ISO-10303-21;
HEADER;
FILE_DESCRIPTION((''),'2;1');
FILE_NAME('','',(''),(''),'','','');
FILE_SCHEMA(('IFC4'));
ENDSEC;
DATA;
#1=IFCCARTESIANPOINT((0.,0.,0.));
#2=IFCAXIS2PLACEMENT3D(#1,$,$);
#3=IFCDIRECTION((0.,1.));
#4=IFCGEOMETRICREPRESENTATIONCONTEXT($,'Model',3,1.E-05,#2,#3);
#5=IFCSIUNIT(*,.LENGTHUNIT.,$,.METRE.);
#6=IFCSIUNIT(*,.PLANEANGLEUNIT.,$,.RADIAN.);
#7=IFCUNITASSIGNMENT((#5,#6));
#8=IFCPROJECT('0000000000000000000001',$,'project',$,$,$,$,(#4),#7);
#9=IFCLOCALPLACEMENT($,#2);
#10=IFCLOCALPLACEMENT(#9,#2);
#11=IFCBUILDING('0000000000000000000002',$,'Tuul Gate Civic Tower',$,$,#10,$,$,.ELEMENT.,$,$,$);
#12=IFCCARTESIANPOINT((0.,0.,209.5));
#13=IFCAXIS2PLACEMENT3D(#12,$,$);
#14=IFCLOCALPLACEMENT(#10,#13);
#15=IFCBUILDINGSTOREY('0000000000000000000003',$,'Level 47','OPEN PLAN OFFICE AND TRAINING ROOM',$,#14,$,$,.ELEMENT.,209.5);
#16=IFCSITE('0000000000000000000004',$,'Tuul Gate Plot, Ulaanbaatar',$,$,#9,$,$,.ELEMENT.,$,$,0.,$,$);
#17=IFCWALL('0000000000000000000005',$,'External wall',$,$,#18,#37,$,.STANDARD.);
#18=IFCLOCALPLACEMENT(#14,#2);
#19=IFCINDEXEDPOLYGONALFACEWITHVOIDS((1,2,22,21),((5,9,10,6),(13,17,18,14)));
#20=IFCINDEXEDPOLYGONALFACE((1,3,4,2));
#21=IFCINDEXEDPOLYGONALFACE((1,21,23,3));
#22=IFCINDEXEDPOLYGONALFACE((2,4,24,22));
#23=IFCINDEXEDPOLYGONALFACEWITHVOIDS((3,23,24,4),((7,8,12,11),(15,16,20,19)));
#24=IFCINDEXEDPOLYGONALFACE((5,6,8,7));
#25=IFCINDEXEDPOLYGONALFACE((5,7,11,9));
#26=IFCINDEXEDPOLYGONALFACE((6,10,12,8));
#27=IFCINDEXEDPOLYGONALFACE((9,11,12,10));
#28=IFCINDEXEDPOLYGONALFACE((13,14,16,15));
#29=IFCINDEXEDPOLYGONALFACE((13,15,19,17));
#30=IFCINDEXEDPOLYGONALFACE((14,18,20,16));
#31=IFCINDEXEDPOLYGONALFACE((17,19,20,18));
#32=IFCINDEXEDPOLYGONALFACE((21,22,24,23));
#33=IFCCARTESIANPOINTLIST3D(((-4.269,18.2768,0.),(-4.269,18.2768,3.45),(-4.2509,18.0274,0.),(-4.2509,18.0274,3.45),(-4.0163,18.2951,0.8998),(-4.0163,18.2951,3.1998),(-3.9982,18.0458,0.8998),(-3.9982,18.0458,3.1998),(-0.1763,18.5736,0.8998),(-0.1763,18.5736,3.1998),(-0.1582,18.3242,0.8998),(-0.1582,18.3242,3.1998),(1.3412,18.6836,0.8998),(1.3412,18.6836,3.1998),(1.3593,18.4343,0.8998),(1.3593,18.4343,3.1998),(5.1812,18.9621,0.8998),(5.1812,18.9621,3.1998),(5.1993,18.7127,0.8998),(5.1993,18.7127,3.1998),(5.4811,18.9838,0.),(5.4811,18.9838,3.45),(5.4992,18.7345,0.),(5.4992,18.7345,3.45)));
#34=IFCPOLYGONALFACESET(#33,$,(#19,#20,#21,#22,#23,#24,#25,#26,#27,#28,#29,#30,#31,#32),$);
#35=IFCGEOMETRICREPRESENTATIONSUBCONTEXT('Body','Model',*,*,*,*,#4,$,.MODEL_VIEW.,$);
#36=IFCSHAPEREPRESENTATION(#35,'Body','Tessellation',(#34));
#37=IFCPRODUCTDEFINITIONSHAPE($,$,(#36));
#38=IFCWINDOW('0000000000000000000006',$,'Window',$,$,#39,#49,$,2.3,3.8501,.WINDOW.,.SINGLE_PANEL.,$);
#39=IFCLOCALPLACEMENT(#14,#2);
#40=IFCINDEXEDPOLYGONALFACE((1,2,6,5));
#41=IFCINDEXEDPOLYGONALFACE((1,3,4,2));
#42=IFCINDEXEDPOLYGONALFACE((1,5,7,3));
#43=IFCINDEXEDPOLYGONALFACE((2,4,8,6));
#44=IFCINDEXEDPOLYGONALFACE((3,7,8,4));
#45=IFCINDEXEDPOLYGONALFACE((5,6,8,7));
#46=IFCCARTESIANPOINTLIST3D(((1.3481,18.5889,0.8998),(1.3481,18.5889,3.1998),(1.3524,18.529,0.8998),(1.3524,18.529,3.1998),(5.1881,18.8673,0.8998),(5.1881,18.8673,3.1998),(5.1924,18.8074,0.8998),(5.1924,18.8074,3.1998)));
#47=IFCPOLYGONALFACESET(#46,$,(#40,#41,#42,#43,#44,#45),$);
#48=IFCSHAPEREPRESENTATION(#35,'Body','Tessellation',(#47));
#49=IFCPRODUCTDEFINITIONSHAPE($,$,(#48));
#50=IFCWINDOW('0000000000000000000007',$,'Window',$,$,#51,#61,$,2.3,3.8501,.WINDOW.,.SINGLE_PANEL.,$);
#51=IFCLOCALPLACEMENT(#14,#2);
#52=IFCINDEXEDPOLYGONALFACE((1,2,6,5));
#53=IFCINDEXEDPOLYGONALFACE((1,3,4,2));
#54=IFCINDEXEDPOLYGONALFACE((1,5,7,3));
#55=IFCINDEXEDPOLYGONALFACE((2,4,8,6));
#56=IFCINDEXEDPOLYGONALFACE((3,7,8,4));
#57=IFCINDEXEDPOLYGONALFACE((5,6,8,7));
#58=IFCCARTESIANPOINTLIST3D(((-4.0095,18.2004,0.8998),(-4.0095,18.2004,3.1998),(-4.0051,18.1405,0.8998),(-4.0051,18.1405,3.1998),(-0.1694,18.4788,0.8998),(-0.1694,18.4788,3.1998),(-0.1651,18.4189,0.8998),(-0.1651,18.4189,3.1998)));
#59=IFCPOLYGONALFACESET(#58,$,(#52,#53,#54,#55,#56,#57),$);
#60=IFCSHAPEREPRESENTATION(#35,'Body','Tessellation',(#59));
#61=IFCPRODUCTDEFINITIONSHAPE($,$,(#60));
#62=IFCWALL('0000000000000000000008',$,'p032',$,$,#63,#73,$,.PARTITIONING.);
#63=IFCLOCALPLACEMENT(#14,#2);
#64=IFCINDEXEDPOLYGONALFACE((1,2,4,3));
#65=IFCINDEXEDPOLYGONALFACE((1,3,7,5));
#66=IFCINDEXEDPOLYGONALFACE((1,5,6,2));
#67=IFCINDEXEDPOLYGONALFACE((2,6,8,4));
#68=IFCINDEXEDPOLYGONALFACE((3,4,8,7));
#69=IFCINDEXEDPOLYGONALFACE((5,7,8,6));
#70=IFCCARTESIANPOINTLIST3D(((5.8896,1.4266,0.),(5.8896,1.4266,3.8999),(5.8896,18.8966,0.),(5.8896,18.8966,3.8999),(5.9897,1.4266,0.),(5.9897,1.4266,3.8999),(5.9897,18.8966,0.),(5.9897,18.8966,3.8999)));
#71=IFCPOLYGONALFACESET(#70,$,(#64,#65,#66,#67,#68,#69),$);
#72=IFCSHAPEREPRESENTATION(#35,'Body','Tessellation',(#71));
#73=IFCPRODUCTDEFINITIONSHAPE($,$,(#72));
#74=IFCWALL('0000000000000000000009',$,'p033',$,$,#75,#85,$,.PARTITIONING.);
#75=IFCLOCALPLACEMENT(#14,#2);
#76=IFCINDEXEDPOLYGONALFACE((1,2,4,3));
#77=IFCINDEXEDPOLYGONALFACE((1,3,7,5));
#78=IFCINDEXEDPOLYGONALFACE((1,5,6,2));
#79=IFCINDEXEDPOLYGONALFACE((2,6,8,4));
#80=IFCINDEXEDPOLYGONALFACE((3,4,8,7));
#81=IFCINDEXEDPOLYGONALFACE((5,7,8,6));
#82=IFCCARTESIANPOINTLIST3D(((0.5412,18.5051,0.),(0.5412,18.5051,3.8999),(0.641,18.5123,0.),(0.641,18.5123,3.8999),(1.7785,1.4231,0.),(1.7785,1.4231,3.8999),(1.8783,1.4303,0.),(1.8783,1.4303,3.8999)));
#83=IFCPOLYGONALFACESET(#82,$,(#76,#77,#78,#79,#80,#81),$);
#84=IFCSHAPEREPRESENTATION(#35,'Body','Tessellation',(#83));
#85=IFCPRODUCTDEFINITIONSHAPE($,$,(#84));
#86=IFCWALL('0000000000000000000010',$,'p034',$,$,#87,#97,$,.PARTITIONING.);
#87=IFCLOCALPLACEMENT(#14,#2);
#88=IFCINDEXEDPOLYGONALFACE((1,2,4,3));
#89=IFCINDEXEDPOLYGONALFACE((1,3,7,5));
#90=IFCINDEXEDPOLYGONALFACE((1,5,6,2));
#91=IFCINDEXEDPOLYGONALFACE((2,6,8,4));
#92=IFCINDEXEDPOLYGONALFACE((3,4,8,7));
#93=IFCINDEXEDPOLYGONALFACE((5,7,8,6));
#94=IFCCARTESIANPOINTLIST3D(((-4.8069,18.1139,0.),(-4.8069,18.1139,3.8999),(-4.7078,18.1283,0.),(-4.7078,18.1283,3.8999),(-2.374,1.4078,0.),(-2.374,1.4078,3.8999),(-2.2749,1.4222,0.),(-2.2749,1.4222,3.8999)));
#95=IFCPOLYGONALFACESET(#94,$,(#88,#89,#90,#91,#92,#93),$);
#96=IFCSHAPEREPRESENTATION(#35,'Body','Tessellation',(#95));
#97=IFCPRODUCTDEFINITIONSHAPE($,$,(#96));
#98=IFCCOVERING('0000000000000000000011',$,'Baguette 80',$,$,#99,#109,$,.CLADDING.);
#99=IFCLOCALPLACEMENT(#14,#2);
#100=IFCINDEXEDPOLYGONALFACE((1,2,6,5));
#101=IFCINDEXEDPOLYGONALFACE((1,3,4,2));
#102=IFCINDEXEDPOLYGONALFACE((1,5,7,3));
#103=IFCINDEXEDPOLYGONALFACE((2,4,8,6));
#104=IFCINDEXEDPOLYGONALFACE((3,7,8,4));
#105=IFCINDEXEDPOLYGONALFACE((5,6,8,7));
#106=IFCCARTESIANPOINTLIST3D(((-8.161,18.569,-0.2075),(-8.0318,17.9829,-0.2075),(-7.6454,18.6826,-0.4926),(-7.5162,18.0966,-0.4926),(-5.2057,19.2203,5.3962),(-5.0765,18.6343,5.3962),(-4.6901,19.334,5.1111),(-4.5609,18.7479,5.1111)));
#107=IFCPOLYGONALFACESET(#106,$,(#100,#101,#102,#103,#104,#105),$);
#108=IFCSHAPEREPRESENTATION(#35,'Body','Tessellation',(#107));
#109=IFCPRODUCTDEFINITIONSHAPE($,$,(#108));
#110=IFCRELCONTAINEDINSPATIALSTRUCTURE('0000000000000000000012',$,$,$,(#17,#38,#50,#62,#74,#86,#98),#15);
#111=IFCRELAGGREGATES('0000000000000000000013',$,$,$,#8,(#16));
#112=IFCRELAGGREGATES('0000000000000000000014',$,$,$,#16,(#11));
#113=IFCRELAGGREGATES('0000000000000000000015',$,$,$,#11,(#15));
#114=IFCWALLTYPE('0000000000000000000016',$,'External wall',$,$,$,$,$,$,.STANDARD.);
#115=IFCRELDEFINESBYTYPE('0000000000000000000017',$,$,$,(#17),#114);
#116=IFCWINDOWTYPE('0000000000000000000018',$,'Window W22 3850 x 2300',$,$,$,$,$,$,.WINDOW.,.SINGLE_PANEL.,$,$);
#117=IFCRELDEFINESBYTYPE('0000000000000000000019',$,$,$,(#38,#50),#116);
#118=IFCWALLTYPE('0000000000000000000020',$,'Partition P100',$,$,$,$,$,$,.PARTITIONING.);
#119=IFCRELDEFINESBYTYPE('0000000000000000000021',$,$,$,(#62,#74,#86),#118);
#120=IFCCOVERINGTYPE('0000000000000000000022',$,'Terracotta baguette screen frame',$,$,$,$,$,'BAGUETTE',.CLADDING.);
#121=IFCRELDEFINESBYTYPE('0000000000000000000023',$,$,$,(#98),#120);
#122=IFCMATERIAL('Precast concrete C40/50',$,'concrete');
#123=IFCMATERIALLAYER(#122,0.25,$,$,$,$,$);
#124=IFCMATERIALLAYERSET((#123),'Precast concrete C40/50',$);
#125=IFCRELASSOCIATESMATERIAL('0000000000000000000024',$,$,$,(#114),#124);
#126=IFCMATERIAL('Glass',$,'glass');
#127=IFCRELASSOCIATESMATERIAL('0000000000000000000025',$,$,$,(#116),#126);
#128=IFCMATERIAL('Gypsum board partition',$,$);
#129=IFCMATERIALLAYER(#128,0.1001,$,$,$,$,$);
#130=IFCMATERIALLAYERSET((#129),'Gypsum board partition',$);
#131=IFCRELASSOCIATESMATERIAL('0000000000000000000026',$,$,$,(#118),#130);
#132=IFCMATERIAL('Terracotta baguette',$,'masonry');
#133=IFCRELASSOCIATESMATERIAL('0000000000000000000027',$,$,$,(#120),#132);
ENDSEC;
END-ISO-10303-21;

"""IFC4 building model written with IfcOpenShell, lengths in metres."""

from ifc_helpers import new_model, si_unit, direction, frame, frame_2d, origin, origin_2d, place, context, subcontext, project, spatial, rectangle, extrude, material, layer, layer_set, material_profile, profile_set, type_object, element, fill, save


model = new_model("IFC4")

# Units and contexts
model_context = context("Model", 3, precision=1e-05, world=origin(), true_north=direction((0.0, 1.0)))
body_context = subcontext(model_context, "Body", "Model", "MODEL_VIEW")
ifc_project = project(units=[si_unit("LENGTHUNIT", "METRE"), si_unit("PLANEANGLEUNIT", "RADIAN")], contexts=[model_context])

# Site, building, storey
site_placement = place(None, origin())
site = spatial("IfcSite", under=ifc_project, at=site_placement, Name="Tuul Gate Plot, Ulaanbaatar", CompositionType="ELEMENT", RefElevation=0.0)
building_placement = place(site_placement, origin())
building = spatial("IfcBuilding", under=site, at=building_placement, Name="Tuul Gate Civic Tower", CompositionType="ELEMENT")
storey_placement = place(building_placement, frame((0.0, 0.0, 209.5)))
storey = spatial("IfcBuildingStorey", under=building, at=storey_placement, Name="Level 47", Description="OPEN PLAN OFFICE AND TRAINING ROOM", CompositionType="ELEMENT", Elevation=209.5)

# Wall, openings, windows
ifc_material_1 = material(Name="Precast concrete C40/50", Category="concrete")
ifc_layer_1 = layer(ifc_material_1, 0.25)
ifc_layer_set_1 = layer_set([ifc_layer_1], Name="Precast concrete C40/50")
wall_type_1 = type_object("IfcWallType", Name="External wall", PredefinedType="STANDARD", material=ifc_layer_set_1)
wall_1_placement = place(storey_placement, frame((5.49, 18.8591, 0.0), z_axis=(0.0, 0.0, 1.0), x_axis=(-0.997381, -0.072326, 0.0)))
wall_1 = element("IfcWall", 1, at=wall_1_placement, inside=storey, type_object=wall_type_1, Name="External wall", PredefinedType="STANDARD", context=body_context, shape_type="SweptSolid", body=[
    extrude(rectangle(XDim=9.7756, YDim=0.25, at=frame_2d((4.8877, 0.0))), origin(), (0.0, 0.0, 1.0), 3.45),
])
opening_1_placement = place(wall_1_placement, frame((0.3005, 0.0, 0.8999)))
opening_1 = element("IfcOpeningElement", 2, at=opening_1_placement, cuts=wall_1, PredefinedType="OPENING", context=body_context, shape_type="SweptSolid", body=[
    extrude(rectangle(XDim=3.8501, YDim=2.3, at=frame_2d((1.925, 1.1499))), frame((0.0, 0.135, 0.0), z_axis=(0.0, -1.0, 0.0), x_axis=(1.0, 0.0, 0.0)), (0.0, 0.0, 1.0), 0.27),
])
opening_2_placement = place(wall_1_placement, frame((5.6721, 0.0, 0.8999)))
opening_2 = element("IfcOpeningElement", 3, at=opening_2_placement, cuts=wall_1, PredefinedType="OPENING", context=body_context, shape_type="SweptSolid", body=[
    extrude(rectangle(XDim=3.8501, YDim=2.3, at=frame_2d((1.925, 1.1499))), frame((0.0, 0.135, 0.0), z_axis=(0.0, -1.0, 0.0), x_axis=(1.0, 0.0, 0.0)), (0.0, 0.0, 1.0), 0.27),
])
ifc_material_2 = material(Name="Glass", Category="glass")
window_type = type_object("IfcWindowType", Name="Window W22 3850 x 2300", PartitioningType="SINGLE_PANEL", PredefinedType="WINDOW", material=ifc_material_2)
window_1_placement = place(opening_1_placement, origin())
window_1 = element("IfcWindow", 4, at=window_1_placement, inside=storey, type_object=window_type, Name="Window", OverallHeight=2.3, OverallWidth=3.8501, PartitioningType="SINGLE_PANEL", PredefinedType="WINDOW", context=body_context, shape_type="SweptSolid", body=[
    extrude(rectangle(XDim=3.8501, YDim=2.3, at=frame_2d((1.925, 1.1499))), frame((0.0, 0.03, 0.0), z_axis=(0.0, -1.0, 0.0), x_axis=(1.0, 0.0, 0.0)), (0.0, 0.0, 1.0), 0.0601),
])
fill(opening_1, window_1)
window_2_placement = place(opening_2_placement, origin())
window_2 = element("IfcWindow", 5, at=window_2_placement, inside=storey, type_object=window_type, Name="Window", OverallHeight=2.3, OverallWidth=3.8501, PartitioningType="SINGLE_PANEL", PredefinedType="WINDOW", context=body_context, shape_type="SweptSolid", body=[
    extrude(rectangle(XDim=3.8501, YDim=2.3, at=frame_2d((1.925, 1.1499))), frame((0.0, 0.03, 0.0), z_axis=(0.0, -1.0, 0.0), x_axis=(1.0, 0.0, 0.0)), (0.0, 0.0, 1.0), 0.0601),
])
fill(opening_2, window_2)

# Walls
ifc_material_3 = material(Name="Gypsum board partition")
ifc_layer_2 = layer(ifc_material_3, 0.1001)
ifc_layer_set_2 = layer_set([ifc_layer_2], Name="Gypsum board partition")
wall_type_2 = type_object("IfcWallType", Name="Partition P100", PredefinedType="PARTITIONING", material=ifc_layer_set_2)
wall_2_placement = place(storey_placement, frame((5.9397, 1.4268, 0.0), z_axis=(0.0, 0.0, 1.0), x_axis=(0.0, 1.0, 0.0)))
element("IfcWall", 6, at=wall_2_placement, inside=storey, type_object=wall_type_2, Name="p032", PredefinedType="PARTITIONING", context=body_context, shape_type="SweptSolid", body=[
    extrude(rectangle(XDim=17.47, YDim=0.1001, at=frame_2d((8.7349, 0.0))), origin(), (0.0, 0.0, 1.0), 3.8999),
])
wall_3_placement = place(storey_placement, frame((0.5911, 18.5088, 0.0), z_axis=(0.0, 0.0, 1.0), x_axis=(0.072244, -0.997387, 0.0)))
element("IfcWall", 7, at=wall_3_placement, inside=storey, type_object=wall_type_2, Name="p033", PredefinedType="PARTITIONING", context=body_context, shape_type="SweptSolid", body=[
    extrude(rectangle(XDim=17.1267, YDim=0.1001, at=frame_2d((8.5635, 0.0))), origin(), (0.0, 0.0, 1.0), 3.8999),
])
wall_4_placement = place(storey_placement, frame((-4.7573, 18.1211, 0.0), z_axis=(0.0, 0.0, 1.0), x_axis=(0.144107, -0.989562, 0.0)))
element("IfcWall", 8, at=wall_4_placement, inside=storey, type_object=wall_type_2, Name="p034", PredefinedType="PARTITIONING", context=body_context, shape_type="SweptSolid", body=[
    extrude(rectangle(XDim=16.8823, YDim=0.1001, at=frame_2d((8.4412, 0.0))), origin(), (0.0, 0.0, 1.0), 3.8999),
])

# Covering
ifc_material_4 = material(Name="Terracotta baguette", Category="masonry")
ifc_material_profile_1 = material_profile(ifc_material_4, rectangle(XDim=0.6001, YDim=0.6001, at=origin_2d()), Name="Terracotta baguette screen frame")
ifc_profile_set_1 = profile_set([ifc_material_profile_1], Name="Terracotta baguette")
covering_type = type_object("IfcCoveringType", Name="Terracotta baguette screen frame", ElementType="BAGUETTE", PredefinedType="CLADDING", material=ifc_profile_set_1)
covering_placement = place(storey_placement, frame((-4.8833, 18.9841, 5.2537), z_axis=(-0.464039, -0.102276, -0.879891), x_axis=(0.215239, -0.976561, 0.0)))
element("IfcCovering", 9, at=covering_placement, inside=storey, type_object=covering_type, Name="Baguette 80", PredefinedType="CLADDING", context=body_context, shape_type="SweptSolid", body=[
    extrude(rectangle(XDim=0.6001, YDim=0.6001, at=origin_2d()), origin(), (0.0, 0.0, 1.0), 6.3687),
])

save(model, "model.ifc")
